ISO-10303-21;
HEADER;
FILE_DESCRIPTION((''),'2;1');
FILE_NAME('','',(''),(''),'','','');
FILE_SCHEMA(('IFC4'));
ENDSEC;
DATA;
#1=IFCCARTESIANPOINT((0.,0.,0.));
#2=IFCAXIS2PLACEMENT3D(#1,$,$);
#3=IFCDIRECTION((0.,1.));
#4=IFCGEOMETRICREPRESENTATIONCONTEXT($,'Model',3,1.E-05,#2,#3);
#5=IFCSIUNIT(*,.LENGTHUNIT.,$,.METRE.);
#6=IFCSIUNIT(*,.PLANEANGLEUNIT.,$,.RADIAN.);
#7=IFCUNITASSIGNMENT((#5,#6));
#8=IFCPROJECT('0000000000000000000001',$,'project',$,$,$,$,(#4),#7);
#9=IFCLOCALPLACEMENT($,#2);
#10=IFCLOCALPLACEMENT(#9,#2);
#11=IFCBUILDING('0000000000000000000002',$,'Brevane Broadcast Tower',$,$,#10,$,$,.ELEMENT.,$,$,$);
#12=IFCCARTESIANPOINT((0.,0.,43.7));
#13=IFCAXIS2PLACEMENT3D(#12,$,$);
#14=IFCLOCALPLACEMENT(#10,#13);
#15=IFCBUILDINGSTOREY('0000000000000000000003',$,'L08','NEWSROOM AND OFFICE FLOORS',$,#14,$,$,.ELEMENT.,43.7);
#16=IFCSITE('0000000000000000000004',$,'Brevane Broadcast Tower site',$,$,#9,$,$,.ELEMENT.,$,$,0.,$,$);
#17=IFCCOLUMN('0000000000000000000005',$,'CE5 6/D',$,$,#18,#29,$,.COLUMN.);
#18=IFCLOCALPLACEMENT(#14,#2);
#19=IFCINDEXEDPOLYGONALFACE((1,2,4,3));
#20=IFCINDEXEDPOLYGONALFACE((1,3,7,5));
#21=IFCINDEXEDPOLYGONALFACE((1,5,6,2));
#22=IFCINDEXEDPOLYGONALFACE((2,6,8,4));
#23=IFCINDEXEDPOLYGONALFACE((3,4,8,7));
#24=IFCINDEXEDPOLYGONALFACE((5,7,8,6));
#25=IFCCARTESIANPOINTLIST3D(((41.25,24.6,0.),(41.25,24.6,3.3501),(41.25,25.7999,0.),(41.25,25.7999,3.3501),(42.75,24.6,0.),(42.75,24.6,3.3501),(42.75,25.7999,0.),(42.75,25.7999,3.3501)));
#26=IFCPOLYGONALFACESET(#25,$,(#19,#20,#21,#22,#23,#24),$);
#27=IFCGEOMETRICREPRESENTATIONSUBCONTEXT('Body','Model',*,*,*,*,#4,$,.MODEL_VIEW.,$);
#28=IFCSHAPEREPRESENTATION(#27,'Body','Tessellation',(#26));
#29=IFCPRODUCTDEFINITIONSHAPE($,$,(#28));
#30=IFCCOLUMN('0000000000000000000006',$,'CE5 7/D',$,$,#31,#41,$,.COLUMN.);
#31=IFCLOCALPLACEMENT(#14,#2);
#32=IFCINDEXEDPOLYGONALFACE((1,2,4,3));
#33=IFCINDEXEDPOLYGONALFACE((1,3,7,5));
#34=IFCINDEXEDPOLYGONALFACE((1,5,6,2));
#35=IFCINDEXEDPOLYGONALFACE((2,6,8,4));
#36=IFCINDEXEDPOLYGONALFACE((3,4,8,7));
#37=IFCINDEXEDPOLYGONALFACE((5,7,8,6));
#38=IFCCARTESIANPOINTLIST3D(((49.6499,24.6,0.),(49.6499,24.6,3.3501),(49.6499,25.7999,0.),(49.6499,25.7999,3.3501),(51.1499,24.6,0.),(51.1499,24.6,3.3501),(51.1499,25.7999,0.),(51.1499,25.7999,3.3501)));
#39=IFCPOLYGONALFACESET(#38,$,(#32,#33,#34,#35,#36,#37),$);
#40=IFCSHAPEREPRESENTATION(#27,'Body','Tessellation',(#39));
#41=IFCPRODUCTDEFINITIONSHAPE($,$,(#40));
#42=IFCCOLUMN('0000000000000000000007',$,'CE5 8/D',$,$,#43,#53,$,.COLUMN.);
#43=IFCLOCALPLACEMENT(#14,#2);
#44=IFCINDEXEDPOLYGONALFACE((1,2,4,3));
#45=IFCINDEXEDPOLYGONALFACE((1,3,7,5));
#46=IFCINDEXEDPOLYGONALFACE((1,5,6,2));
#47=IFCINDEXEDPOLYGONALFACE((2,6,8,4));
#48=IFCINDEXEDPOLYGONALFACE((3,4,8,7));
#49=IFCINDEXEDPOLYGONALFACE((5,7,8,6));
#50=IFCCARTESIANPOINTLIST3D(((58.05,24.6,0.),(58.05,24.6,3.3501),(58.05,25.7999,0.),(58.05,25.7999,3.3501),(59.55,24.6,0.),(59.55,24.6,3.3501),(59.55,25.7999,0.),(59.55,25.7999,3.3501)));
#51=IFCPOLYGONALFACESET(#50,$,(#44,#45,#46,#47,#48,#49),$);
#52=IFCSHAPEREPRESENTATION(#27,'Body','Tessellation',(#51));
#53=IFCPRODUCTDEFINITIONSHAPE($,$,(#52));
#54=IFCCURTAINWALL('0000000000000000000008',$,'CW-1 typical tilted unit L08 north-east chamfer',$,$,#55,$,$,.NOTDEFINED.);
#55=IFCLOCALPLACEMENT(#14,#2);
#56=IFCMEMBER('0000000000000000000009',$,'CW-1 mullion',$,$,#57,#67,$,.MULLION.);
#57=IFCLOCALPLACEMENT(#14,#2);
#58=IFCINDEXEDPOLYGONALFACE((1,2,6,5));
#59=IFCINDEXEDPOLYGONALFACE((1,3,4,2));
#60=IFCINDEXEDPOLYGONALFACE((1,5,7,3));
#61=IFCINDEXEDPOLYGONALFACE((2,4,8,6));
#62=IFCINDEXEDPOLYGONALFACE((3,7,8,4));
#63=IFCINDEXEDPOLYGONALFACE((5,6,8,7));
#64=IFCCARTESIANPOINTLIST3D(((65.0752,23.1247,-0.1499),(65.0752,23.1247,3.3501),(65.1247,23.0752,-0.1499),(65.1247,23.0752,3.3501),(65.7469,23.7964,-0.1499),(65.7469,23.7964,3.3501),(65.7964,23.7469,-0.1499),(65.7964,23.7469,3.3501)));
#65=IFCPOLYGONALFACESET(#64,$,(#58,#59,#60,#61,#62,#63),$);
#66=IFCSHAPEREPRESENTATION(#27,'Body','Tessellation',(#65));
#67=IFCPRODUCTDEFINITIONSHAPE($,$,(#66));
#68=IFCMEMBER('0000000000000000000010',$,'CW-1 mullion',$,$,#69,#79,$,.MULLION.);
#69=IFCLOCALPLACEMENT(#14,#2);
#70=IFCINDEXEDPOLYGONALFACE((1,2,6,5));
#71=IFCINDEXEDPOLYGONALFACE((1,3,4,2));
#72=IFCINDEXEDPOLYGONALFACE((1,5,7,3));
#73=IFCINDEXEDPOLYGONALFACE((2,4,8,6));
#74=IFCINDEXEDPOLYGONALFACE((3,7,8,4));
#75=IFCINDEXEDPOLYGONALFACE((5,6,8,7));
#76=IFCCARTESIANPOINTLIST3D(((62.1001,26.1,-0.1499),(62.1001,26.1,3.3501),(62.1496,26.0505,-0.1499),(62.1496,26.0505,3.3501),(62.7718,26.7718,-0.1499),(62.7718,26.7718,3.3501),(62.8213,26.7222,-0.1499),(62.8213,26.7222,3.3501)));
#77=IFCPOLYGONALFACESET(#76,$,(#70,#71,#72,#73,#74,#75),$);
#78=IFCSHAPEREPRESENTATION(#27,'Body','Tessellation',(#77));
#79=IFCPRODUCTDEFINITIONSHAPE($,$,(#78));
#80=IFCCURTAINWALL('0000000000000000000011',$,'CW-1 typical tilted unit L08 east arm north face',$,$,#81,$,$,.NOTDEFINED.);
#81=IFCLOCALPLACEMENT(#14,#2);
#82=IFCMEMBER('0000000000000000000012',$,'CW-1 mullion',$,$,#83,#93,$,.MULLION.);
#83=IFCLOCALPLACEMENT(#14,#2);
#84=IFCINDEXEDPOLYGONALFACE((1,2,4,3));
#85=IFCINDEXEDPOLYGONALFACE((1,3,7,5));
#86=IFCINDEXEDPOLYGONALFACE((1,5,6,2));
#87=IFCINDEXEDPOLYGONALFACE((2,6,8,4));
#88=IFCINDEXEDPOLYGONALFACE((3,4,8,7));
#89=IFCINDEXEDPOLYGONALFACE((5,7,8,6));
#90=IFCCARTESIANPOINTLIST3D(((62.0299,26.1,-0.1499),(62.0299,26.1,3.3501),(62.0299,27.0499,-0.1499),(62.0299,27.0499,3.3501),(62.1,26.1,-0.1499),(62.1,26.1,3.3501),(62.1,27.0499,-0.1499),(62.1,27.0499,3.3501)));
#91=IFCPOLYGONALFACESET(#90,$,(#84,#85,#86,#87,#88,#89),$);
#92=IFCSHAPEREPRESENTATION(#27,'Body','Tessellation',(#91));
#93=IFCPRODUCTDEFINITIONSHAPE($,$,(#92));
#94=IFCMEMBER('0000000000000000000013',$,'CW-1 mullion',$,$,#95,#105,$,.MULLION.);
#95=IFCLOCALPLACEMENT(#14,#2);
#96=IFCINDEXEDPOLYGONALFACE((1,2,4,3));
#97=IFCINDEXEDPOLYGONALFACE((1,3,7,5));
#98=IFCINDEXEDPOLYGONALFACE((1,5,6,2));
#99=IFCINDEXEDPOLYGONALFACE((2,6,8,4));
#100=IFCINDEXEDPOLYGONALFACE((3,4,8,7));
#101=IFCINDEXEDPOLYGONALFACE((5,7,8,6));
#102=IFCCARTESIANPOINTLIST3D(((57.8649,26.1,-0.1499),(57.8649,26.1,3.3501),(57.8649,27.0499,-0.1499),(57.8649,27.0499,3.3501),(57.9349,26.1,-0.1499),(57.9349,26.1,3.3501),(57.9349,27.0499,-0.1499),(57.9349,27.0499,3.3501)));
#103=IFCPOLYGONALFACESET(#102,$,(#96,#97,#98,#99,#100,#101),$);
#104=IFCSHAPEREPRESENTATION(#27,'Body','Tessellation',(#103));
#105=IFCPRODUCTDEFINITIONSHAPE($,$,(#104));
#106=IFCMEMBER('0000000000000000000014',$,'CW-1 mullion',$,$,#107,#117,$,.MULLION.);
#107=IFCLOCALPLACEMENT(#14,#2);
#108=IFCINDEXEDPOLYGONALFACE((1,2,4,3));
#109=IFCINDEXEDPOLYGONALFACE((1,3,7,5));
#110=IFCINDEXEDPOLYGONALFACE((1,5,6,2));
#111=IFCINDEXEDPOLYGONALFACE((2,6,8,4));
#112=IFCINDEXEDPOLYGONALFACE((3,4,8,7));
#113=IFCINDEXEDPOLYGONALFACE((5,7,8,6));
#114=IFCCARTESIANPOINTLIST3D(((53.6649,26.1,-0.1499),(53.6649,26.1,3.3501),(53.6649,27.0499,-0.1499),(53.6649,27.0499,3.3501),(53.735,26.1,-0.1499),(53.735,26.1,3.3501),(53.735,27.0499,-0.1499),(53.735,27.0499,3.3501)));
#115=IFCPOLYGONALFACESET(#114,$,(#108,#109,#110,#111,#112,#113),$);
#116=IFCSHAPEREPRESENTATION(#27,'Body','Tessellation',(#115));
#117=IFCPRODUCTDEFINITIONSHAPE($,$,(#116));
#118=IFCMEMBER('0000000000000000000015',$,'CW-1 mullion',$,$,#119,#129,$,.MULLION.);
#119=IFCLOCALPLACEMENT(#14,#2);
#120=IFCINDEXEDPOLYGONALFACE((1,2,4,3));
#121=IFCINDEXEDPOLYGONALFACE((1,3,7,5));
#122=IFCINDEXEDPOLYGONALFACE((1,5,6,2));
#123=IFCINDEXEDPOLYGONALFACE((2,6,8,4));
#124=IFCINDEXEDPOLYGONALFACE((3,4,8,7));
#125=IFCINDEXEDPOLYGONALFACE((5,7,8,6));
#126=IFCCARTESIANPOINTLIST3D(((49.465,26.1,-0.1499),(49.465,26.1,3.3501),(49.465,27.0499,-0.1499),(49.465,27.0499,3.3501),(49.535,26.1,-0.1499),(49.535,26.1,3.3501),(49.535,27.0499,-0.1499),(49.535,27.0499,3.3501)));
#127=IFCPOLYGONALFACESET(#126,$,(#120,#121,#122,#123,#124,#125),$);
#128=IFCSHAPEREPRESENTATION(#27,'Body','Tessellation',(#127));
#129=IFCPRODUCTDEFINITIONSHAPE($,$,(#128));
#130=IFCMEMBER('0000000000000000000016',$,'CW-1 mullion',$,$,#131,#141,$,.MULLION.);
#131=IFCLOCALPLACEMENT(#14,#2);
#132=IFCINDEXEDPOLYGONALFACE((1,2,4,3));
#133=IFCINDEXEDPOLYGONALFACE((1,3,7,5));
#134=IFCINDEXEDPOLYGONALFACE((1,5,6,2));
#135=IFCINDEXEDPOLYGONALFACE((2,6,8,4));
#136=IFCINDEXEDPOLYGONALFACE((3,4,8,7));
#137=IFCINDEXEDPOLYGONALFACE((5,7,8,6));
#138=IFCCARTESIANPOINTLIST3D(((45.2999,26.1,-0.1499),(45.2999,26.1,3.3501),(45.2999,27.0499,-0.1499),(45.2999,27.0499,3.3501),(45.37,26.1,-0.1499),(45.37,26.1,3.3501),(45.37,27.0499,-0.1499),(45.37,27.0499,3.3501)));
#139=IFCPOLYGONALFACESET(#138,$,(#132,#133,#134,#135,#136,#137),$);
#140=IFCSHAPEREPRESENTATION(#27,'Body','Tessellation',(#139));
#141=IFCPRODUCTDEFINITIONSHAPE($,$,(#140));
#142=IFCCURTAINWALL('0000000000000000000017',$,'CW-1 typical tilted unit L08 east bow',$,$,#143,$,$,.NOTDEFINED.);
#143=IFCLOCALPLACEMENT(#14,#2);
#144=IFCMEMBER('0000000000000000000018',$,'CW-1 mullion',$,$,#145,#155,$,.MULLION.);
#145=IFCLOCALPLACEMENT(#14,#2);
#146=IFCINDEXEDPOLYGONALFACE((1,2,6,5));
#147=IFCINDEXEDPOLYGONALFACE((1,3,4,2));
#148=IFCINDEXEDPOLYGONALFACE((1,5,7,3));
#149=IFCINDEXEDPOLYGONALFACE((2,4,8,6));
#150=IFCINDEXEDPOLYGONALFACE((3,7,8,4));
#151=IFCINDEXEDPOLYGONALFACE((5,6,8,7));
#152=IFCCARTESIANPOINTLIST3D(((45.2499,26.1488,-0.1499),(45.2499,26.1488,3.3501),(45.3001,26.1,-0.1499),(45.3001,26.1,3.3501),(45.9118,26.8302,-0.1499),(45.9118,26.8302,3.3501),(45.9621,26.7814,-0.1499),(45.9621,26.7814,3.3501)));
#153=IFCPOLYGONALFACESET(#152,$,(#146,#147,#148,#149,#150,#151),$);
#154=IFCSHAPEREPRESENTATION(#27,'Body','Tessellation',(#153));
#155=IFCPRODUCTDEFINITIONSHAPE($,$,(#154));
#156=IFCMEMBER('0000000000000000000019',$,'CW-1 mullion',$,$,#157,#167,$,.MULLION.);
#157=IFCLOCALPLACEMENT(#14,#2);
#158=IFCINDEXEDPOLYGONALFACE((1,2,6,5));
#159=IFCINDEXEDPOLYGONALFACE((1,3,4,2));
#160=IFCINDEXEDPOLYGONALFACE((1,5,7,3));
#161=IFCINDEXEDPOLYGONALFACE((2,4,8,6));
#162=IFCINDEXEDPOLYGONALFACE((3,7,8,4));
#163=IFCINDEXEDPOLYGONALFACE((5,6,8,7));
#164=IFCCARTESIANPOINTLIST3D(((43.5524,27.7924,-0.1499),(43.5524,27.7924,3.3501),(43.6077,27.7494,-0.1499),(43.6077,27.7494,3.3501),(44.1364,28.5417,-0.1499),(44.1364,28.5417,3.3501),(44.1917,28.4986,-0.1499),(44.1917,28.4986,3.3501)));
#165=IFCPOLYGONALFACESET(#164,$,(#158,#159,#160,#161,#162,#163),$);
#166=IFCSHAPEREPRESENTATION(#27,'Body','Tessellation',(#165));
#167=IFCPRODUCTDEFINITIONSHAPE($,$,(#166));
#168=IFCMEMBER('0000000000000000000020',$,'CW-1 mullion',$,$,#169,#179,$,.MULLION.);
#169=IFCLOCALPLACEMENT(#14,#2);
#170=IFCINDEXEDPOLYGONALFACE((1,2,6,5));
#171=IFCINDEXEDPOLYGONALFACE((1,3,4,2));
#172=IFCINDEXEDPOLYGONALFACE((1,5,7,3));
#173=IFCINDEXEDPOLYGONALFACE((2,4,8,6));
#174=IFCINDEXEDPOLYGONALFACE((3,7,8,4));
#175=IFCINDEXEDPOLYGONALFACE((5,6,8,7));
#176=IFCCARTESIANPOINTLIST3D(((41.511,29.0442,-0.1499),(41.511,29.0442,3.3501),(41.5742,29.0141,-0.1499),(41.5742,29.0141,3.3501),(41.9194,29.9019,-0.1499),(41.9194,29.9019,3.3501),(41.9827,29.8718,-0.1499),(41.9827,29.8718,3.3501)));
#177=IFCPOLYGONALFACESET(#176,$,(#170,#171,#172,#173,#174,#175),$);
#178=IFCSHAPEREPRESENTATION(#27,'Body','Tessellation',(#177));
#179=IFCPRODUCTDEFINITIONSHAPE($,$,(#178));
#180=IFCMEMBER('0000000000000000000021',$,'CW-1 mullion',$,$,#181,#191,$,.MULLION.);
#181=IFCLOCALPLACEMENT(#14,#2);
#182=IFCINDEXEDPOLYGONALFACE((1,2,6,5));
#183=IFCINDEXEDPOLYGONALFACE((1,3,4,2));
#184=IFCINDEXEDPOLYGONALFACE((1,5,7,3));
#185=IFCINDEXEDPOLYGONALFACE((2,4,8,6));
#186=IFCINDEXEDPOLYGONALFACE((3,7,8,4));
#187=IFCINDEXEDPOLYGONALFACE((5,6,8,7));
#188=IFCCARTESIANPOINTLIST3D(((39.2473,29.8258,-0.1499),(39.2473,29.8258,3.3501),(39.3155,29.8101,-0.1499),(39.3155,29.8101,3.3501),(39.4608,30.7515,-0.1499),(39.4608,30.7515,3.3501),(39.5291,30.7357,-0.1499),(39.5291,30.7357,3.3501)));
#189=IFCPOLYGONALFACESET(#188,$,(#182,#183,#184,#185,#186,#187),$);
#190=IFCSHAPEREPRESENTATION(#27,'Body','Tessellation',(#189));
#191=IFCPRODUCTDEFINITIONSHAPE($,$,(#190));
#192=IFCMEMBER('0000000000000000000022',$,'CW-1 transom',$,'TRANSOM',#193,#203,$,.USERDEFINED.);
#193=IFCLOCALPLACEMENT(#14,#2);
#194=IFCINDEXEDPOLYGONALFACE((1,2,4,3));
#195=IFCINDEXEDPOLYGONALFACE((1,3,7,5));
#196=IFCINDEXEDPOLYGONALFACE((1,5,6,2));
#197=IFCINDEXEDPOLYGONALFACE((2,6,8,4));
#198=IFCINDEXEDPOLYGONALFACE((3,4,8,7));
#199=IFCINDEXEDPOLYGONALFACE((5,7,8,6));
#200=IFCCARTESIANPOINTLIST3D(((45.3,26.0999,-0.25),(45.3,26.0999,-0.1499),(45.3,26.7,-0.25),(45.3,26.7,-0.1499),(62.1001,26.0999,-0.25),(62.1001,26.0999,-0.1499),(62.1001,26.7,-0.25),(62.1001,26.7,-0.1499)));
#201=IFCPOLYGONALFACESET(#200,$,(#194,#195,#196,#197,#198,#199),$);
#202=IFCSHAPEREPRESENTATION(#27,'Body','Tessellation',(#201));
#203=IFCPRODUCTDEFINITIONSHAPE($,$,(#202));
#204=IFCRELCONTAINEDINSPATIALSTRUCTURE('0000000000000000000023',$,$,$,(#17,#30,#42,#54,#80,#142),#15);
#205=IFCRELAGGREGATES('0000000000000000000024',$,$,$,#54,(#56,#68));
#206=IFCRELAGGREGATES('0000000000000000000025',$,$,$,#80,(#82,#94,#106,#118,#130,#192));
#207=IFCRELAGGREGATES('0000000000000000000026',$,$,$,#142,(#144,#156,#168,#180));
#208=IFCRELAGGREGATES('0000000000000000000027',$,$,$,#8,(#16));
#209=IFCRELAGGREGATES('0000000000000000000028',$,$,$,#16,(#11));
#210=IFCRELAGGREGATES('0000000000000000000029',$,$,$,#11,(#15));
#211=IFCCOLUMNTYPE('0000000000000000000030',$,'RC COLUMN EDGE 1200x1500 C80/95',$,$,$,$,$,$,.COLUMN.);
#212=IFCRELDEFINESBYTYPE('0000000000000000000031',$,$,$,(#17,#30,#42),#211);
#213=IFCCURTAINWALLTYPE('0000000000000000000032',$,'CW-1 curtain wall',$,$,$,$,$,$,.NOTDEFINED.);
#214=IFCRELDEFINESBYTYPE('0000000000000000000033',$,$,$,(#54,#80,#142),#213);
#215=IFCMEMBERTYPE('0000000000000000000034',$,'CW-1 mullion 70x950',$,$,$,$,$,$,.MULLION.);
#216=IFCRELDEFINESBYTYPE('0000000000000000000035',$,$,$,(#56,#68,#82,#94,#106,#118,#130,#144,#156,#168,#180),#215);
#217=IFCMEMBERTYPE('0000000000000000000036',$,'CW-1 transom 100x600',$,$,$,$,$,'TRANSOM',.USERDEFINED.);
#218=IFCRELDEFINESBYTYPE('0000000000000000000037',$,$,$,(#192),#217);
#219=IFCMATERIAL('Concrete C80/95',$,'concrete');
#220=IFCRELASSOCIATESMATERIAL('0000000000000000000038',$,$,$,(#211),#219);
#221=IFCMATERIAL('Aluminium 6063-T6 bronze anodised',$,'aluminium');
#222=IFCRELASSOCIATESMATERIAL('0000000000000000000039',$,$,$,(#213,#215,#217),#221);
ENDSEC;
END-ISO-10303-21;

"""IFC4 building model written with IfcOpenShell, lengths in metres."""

from ifc_helpers import new_model, si_unit, direction, frame, origin, origin_2d, place, context, subcontext, project, spatial, rectangle, extrude, material, material_profile, profile_set, type_object, element, aggregate, save


model = new_model("IFC4")

# Units and contexts
model_context = context("Model", 3, precision=1e-05, world=origin(), true_north=direction((0.0, 1.0)))
body_context = subcontext(model_context, "Body", "Model", "MODEL_VIEW")
ifc_project = project(units=[si_unit("LENGTHUNIT", "METRE"), si_unit("PLANEANGLEUNIT", "RADIAN")], contexts=[model_context])

# Site, building, storey
site_placement = place(None, origin())
site = spatial("IfcSite", under=ifc_project, at=site_placement, Name="Brevane Broadcast Tower site", CompositionType="ELEMENT", RefElevation=0.0)
building_placement = place(site_placement, origin())
building = spatial("IfcBuilding", under=site, at=building_placement, Name="Brevane Broadcast Tower", CompositionType="ELEMENT")
storey_placement = place(building_placement, frame((0.0, 0.0, 43.7)))
storey = spatial("IfcBuildingStorey", under=building, at=storey_placement, Name="L08", Description="NEWSROOM AND OFFICE FLOORS", CompositionType="ELEMENT", Elevation=43.7)

# Columns
ifc_material_1 = material(Name="Concrete C80/95", Category="concrete")
ifc_material_profile_1 = material_profile(ifc_material_1, rectangle(XDim=1.2, YDim=1.5, at=origin_2d()), Name="RC 1200x1500")
ifc_profile_set_1 = profile_set([ifc_material_profile_1], Name="Concrete C80/95")
column_type = type_object("IfcColumnType", Name="RC COLUMN EDGE 1200x1500 C80/95", PredefinedType="COLUMN", material=ifc_profile_set_1)
for number, where, z_axis, x_axis, name in (
    (1, (42.0, 25.2, 0.0), (0.0, 0.0, 1.0), (0.0, 1.0, 0.0), "CE5 6/D"),
    (2, (50.3999, 25.2, 0.0), (0.0, 0.0, 1.0), (0.0, 1.0, 0.0), "CE5 7/D"),
    (3, (58.8, 25.2, 0.0), (0.0, 0.0, 1.0), (0.0, 1.0, 0.0), "CE5 8/D"),
):
    element("IfcColumn", number, at=place(storey_placement, frame(where, z_axis=z_axis, x_axis=x_axis)), inside=storey, type_object=column_type, Name=name, PredefinedType="COLUMN", context=body_context, shape_type="SweptSolid", body=[
        extrude(rectangle(XDim=1.2, YDim=1.5, at=origin_2d()), origin(), (0.0, 0.0, 1.0), 3.3501),
    ])

# Curtain walls, members
ifc_material_2 = material(Name="Aluminium 6063-T6 bronze anodised", Category="aluminium")
curtain_wall_type = type_object("IfcCurtainWallType", Name="CW-1 curtain wall", PredefinedType="NOTDEFINED", material=ifc_material_2)
curtain_wall_1_placement = place(storey_placement, origin())
curtain_wall_1 = element("IfcCurtainWall", 4, at=curtain_wall_1_placement, inside=storey, type_object=curtain_wall_type, Name="CW-1 typical tilted unit L08 north-east chamfer", PredefinedType="NOTDEFINED")
ifc_material_profile_2 = material_profile(ifc_material_2, rectangle(XDim=0.95, YDim=0.0701, at=origin_2d()), Name="RECT 70x950")
ifc_profile_set_2 = profile_set([ifc_material_profile_2], Name="Aluminium 6063-T6 bronze anodised")
member_type_1 = type_object("IfcMemberType", Name="CW-1 mullion 70x950", PredefinedType="MULLION", material=ifc_profile_set_2)
member_1_placement = place(storey_placement, frame((65.4358, 23.4358, -0.1499), z_axis=(0.0, 0.0, 1.0), x_axis=(-0.707107, -0.707107, 0.0)))
member_1 = element("IfcMember", 5, at=member_1_placement, type_object=member_type_1, Name="CW-1 mullion", PredefinedType="MULLION", context=body_context, shape_type="SweptSolid", body=[
    extrude(rectangle(XDim=0.95, YDim=0.0701, at=origin_2d()), origin(), (0.0, 0.0, 1.0), 3.5),
])
member_2_placement = place(storey_placement, frame((62.4607, 26.4111, -0.1499), z_axis=(0.0, 0.0, 1.0), x_axis=(-0.707107, -0.707107, 0.0)))
member_2 = element("IfcMember", 6, at=member_2_placement, type_object=member_type_1, Name="CW-1 mullion", PredefinedType="MULLION", context=body_context, shape_type="SweptSolid", body=[
    extrude(rectangle(XDim=0.95, YDim=0.0701, at=origin_2d()), origin(), (0.0, 0.0, 1.0), 3.5),
])
aggregate(curtain_wall_1, [member_1, member_2])
curtain_wall_2_placement = place(storey_placement, origin())
curtain_wall_2 = element("IfcCurtainWall", 7, at=curtain_wall_2_placement, inside=storey, type_object=curtain_wall_type, Name="CW-1 typical tilted unit L08 east arm north face", PredefinedType="NOTDEFINED")
member_3_placement = place(storey_placement, frame((62.0649, 26.575, -0.1499), z_axis=(0.0, 0.0, 1.0), x_axis=(0.0, -1.0, 0.0)))
member_3 = element("IfcMember", 8, at=member_3_placement, type_object=member_type_1, Name="CW-1 mullion", PredefinedType="MULLION", context=body_context, shape_type="SweptSolid", body=[
    extrude(rectangle(XDim=0.95, YDim=0.0701, at=origin_2d()), origin(), (0.0, 0.0, 1.0), 3.5),
])
member_4_placement = place(storey_placement, frame((57.8999, 26.575, -0.1499), z_axis=(0.0, 0.0, 1.0), x_axis=(0.0, -1.0, 0.0)))
member_4 = element("IfcMember", 9, at=member_4_placement, type_object=member_type_1, Name="CW-1 mullion", PredefinedType="MULLION", context=body_context, shape_type="SweptSolid", body=[
    extrude(rectangle(XDim=0.95, YDim=0.0701, at=origin_2d()), origin(), (0.0, 0.0, 1.0), 3.5),
])
member_5_placement = place(storey_placement, frame((53.7, 26.575, -0.1499), z_axis=(0.0, 0.0, 1.0), x_axis=(0.0, -1.0, 0.0)))
member_5 = element("IfcMember", 10, at=member_5_placement, type_object=member_type_1, Name="CW-1 mullion", PredefinedType="MULLION", context=body_context, shape_type="SweptSolid", body=[
    extrude(rectangle(XDim=0.95, YDim=0.0701, at=origin_2d()), origin(), (0.0, 0.0, 1.0), 3.5),
])
member_6_placement = place(storey_placement, frame((49.5, 26.575, -0.1499), z_axis=(0.0, 0.0, 1.0), x_axis=(0.0, -1.0, 0.0)))
member_6 = element("IfcMember", 11, at=member_6_placement, type_object=member_type_1, Name="CW-1 mullion", PredefinedType="MULLION", context=body_context, shape_type="SweptSolid", body=[
    extrude(rectangle(XDim=0.95, YDim=0.0701, at=origin_2d()), origin(), (0.0, 0.0, 1.0), 3.5),
])
member_7_placement = place(storey_placement, frame((45.335, 26.575, -0.1499), z_axis=(0.0, 0.0, 1.0), x_axis=(0.0, -1.0, 0.0)))
member_7 = element("IfcMember", 12, at=member_7_placement, type_object=member_type_1, Name="CW-1 mullion", PredefinedType="MULLION", context=body_context, shape_type="SweptSolid", body=[
    extrude(rectangle(XDim=0.95, YDim=0.0701, at=origin_2d()), origin(), (0.0, 0.0, 1.0), 3.5),
])
curtain_wall_3_placement = place(storey_placement, origin())
curtain_wall_3 = element("IfcCurtainWall", 13, at=curtain_wall_3_placement, inside=storey, type_object=curtain_wall_type, Name="CW-1 typical tilted unit L08 east bow", PredefinedType="NOTDEFINED")
member_8_placement = place(storey_placement, frame((45.606, 26.4651, -0.1499), z_axis=(0.0, 0.0, 1.0), x_axis=(-0.696812, -0.717254, 0.0)))
member_8 = element("IfcMember", 14, at=member_8_placement, type_object=member_type_1, Name="CW-1 mullion", PredefinedType="MULLION", context=body_context, shape_type="SweptSolid", body=[
    extrude(rectangle(XDim=0.95, YDim=0.0701, at=origin_2d()), origin(), (0.0, 0.0, 1.0), 3.5),
])
member_9_placement = place(storey_placement, frame((43.8721, 28.1455, -0.1499), z_axis=(0.0, 0.0, 1.0), x_axis=(-0.61477, -0.788707, 0.0)))
member_9 = element("IfcMember", 15, at=member_9_placement, type_object=member_type_1, Name="CW-1 mullion", PredefinedType="MULLION", context=body_context, shape_type="SweptSolid", body=[
    extrude(rectangle(XDim=0.95, YDim=0.0701, at=origin_2d()), origin(), (0.0, 0.0, 1.0), 3.5),
])
member_10_placement = place(storey_placement, frame((41.7468, 29.458, -0.1499), z_axis=(0.0, 0.0, 1.0), x_axis=(-0.429934, -0.902861, 0.0)))
member_10 = element("IfcMember", 16, at=member_10_placement, type_object=member_type_1, Name="CW-1 mullion", PredefinedType="MULLION", context=body_context, shape_type="SweptSolid", body=[
    extrude(rectangle(XDim=0.95, YDim=0.0701, at=origin_2d()), origin(), (0.0, 0.0, 1.0), 3.5),
])
member_11_placement = place(storey_placement, frame((39.3882, 30.2808, -0.1499), z_axis=(0.0, 0.0, 1.0), x_axis=(-0.224806, -0.974403, 0.0)))
member_11 = element("IfcMember", 17, at=member_11_placement, type_object=member_type_1, Name="CW-1 mullion", PredefinedType="MULLION", context=body_context, shape_type="SweptSolid", body=[
    extrude(rectangle(XDim=0.95, YDim=0.0701, at=origin_2d()), origin(), (0.0, 0.0, 1.0), 3.5),
])

# Member
ifc_material_profile_3 = material_profile(ifc_material_2, rectangle(XDim=0.6001, YDim=0.1001, at=origin_2d()), Name="RECT 100x600")
ifc_profile_set_3 = profile_set([ifc_material_profile_3], Name="Aluminium 6063-T6 bronze anodised")
member_type_2 = type_object("IfcMemberType", Name="CW-1 transom 100x600", ElementType="TRANSOM", PredefinedType="USERDEFINED", material=ifc_profile_set_3)
member_12_placement = place(storey_placement, frame((62.1001, 26.3999, -0.2), z_axis=(-1.0, 0.0, 0.0), x_axis=(0.0, -1.0, 0.0)))
member_12 = element("IfcMember", 18, at=member_12_placement, type_object=member_type_2, Name="CW-1 transom", ObjectType="TRANSOM", PredefinedType="USERDEFINED", context=body_context, shape_type="SweptSolid", body=[
    extrude(rectangle(XDim=0.6001, YDim=0.1001, at=origin_2d()), origin(), (0.0, 0.0, 1.0), 16.8),
])
aggregate(curtain_wall_2, [member_3, member_4, member_5, member_6, member_7, member_12])
aggregate(curtain_wall_3, [member_8, member_9, member_10, member_11])

save(model, "model.ifc")
